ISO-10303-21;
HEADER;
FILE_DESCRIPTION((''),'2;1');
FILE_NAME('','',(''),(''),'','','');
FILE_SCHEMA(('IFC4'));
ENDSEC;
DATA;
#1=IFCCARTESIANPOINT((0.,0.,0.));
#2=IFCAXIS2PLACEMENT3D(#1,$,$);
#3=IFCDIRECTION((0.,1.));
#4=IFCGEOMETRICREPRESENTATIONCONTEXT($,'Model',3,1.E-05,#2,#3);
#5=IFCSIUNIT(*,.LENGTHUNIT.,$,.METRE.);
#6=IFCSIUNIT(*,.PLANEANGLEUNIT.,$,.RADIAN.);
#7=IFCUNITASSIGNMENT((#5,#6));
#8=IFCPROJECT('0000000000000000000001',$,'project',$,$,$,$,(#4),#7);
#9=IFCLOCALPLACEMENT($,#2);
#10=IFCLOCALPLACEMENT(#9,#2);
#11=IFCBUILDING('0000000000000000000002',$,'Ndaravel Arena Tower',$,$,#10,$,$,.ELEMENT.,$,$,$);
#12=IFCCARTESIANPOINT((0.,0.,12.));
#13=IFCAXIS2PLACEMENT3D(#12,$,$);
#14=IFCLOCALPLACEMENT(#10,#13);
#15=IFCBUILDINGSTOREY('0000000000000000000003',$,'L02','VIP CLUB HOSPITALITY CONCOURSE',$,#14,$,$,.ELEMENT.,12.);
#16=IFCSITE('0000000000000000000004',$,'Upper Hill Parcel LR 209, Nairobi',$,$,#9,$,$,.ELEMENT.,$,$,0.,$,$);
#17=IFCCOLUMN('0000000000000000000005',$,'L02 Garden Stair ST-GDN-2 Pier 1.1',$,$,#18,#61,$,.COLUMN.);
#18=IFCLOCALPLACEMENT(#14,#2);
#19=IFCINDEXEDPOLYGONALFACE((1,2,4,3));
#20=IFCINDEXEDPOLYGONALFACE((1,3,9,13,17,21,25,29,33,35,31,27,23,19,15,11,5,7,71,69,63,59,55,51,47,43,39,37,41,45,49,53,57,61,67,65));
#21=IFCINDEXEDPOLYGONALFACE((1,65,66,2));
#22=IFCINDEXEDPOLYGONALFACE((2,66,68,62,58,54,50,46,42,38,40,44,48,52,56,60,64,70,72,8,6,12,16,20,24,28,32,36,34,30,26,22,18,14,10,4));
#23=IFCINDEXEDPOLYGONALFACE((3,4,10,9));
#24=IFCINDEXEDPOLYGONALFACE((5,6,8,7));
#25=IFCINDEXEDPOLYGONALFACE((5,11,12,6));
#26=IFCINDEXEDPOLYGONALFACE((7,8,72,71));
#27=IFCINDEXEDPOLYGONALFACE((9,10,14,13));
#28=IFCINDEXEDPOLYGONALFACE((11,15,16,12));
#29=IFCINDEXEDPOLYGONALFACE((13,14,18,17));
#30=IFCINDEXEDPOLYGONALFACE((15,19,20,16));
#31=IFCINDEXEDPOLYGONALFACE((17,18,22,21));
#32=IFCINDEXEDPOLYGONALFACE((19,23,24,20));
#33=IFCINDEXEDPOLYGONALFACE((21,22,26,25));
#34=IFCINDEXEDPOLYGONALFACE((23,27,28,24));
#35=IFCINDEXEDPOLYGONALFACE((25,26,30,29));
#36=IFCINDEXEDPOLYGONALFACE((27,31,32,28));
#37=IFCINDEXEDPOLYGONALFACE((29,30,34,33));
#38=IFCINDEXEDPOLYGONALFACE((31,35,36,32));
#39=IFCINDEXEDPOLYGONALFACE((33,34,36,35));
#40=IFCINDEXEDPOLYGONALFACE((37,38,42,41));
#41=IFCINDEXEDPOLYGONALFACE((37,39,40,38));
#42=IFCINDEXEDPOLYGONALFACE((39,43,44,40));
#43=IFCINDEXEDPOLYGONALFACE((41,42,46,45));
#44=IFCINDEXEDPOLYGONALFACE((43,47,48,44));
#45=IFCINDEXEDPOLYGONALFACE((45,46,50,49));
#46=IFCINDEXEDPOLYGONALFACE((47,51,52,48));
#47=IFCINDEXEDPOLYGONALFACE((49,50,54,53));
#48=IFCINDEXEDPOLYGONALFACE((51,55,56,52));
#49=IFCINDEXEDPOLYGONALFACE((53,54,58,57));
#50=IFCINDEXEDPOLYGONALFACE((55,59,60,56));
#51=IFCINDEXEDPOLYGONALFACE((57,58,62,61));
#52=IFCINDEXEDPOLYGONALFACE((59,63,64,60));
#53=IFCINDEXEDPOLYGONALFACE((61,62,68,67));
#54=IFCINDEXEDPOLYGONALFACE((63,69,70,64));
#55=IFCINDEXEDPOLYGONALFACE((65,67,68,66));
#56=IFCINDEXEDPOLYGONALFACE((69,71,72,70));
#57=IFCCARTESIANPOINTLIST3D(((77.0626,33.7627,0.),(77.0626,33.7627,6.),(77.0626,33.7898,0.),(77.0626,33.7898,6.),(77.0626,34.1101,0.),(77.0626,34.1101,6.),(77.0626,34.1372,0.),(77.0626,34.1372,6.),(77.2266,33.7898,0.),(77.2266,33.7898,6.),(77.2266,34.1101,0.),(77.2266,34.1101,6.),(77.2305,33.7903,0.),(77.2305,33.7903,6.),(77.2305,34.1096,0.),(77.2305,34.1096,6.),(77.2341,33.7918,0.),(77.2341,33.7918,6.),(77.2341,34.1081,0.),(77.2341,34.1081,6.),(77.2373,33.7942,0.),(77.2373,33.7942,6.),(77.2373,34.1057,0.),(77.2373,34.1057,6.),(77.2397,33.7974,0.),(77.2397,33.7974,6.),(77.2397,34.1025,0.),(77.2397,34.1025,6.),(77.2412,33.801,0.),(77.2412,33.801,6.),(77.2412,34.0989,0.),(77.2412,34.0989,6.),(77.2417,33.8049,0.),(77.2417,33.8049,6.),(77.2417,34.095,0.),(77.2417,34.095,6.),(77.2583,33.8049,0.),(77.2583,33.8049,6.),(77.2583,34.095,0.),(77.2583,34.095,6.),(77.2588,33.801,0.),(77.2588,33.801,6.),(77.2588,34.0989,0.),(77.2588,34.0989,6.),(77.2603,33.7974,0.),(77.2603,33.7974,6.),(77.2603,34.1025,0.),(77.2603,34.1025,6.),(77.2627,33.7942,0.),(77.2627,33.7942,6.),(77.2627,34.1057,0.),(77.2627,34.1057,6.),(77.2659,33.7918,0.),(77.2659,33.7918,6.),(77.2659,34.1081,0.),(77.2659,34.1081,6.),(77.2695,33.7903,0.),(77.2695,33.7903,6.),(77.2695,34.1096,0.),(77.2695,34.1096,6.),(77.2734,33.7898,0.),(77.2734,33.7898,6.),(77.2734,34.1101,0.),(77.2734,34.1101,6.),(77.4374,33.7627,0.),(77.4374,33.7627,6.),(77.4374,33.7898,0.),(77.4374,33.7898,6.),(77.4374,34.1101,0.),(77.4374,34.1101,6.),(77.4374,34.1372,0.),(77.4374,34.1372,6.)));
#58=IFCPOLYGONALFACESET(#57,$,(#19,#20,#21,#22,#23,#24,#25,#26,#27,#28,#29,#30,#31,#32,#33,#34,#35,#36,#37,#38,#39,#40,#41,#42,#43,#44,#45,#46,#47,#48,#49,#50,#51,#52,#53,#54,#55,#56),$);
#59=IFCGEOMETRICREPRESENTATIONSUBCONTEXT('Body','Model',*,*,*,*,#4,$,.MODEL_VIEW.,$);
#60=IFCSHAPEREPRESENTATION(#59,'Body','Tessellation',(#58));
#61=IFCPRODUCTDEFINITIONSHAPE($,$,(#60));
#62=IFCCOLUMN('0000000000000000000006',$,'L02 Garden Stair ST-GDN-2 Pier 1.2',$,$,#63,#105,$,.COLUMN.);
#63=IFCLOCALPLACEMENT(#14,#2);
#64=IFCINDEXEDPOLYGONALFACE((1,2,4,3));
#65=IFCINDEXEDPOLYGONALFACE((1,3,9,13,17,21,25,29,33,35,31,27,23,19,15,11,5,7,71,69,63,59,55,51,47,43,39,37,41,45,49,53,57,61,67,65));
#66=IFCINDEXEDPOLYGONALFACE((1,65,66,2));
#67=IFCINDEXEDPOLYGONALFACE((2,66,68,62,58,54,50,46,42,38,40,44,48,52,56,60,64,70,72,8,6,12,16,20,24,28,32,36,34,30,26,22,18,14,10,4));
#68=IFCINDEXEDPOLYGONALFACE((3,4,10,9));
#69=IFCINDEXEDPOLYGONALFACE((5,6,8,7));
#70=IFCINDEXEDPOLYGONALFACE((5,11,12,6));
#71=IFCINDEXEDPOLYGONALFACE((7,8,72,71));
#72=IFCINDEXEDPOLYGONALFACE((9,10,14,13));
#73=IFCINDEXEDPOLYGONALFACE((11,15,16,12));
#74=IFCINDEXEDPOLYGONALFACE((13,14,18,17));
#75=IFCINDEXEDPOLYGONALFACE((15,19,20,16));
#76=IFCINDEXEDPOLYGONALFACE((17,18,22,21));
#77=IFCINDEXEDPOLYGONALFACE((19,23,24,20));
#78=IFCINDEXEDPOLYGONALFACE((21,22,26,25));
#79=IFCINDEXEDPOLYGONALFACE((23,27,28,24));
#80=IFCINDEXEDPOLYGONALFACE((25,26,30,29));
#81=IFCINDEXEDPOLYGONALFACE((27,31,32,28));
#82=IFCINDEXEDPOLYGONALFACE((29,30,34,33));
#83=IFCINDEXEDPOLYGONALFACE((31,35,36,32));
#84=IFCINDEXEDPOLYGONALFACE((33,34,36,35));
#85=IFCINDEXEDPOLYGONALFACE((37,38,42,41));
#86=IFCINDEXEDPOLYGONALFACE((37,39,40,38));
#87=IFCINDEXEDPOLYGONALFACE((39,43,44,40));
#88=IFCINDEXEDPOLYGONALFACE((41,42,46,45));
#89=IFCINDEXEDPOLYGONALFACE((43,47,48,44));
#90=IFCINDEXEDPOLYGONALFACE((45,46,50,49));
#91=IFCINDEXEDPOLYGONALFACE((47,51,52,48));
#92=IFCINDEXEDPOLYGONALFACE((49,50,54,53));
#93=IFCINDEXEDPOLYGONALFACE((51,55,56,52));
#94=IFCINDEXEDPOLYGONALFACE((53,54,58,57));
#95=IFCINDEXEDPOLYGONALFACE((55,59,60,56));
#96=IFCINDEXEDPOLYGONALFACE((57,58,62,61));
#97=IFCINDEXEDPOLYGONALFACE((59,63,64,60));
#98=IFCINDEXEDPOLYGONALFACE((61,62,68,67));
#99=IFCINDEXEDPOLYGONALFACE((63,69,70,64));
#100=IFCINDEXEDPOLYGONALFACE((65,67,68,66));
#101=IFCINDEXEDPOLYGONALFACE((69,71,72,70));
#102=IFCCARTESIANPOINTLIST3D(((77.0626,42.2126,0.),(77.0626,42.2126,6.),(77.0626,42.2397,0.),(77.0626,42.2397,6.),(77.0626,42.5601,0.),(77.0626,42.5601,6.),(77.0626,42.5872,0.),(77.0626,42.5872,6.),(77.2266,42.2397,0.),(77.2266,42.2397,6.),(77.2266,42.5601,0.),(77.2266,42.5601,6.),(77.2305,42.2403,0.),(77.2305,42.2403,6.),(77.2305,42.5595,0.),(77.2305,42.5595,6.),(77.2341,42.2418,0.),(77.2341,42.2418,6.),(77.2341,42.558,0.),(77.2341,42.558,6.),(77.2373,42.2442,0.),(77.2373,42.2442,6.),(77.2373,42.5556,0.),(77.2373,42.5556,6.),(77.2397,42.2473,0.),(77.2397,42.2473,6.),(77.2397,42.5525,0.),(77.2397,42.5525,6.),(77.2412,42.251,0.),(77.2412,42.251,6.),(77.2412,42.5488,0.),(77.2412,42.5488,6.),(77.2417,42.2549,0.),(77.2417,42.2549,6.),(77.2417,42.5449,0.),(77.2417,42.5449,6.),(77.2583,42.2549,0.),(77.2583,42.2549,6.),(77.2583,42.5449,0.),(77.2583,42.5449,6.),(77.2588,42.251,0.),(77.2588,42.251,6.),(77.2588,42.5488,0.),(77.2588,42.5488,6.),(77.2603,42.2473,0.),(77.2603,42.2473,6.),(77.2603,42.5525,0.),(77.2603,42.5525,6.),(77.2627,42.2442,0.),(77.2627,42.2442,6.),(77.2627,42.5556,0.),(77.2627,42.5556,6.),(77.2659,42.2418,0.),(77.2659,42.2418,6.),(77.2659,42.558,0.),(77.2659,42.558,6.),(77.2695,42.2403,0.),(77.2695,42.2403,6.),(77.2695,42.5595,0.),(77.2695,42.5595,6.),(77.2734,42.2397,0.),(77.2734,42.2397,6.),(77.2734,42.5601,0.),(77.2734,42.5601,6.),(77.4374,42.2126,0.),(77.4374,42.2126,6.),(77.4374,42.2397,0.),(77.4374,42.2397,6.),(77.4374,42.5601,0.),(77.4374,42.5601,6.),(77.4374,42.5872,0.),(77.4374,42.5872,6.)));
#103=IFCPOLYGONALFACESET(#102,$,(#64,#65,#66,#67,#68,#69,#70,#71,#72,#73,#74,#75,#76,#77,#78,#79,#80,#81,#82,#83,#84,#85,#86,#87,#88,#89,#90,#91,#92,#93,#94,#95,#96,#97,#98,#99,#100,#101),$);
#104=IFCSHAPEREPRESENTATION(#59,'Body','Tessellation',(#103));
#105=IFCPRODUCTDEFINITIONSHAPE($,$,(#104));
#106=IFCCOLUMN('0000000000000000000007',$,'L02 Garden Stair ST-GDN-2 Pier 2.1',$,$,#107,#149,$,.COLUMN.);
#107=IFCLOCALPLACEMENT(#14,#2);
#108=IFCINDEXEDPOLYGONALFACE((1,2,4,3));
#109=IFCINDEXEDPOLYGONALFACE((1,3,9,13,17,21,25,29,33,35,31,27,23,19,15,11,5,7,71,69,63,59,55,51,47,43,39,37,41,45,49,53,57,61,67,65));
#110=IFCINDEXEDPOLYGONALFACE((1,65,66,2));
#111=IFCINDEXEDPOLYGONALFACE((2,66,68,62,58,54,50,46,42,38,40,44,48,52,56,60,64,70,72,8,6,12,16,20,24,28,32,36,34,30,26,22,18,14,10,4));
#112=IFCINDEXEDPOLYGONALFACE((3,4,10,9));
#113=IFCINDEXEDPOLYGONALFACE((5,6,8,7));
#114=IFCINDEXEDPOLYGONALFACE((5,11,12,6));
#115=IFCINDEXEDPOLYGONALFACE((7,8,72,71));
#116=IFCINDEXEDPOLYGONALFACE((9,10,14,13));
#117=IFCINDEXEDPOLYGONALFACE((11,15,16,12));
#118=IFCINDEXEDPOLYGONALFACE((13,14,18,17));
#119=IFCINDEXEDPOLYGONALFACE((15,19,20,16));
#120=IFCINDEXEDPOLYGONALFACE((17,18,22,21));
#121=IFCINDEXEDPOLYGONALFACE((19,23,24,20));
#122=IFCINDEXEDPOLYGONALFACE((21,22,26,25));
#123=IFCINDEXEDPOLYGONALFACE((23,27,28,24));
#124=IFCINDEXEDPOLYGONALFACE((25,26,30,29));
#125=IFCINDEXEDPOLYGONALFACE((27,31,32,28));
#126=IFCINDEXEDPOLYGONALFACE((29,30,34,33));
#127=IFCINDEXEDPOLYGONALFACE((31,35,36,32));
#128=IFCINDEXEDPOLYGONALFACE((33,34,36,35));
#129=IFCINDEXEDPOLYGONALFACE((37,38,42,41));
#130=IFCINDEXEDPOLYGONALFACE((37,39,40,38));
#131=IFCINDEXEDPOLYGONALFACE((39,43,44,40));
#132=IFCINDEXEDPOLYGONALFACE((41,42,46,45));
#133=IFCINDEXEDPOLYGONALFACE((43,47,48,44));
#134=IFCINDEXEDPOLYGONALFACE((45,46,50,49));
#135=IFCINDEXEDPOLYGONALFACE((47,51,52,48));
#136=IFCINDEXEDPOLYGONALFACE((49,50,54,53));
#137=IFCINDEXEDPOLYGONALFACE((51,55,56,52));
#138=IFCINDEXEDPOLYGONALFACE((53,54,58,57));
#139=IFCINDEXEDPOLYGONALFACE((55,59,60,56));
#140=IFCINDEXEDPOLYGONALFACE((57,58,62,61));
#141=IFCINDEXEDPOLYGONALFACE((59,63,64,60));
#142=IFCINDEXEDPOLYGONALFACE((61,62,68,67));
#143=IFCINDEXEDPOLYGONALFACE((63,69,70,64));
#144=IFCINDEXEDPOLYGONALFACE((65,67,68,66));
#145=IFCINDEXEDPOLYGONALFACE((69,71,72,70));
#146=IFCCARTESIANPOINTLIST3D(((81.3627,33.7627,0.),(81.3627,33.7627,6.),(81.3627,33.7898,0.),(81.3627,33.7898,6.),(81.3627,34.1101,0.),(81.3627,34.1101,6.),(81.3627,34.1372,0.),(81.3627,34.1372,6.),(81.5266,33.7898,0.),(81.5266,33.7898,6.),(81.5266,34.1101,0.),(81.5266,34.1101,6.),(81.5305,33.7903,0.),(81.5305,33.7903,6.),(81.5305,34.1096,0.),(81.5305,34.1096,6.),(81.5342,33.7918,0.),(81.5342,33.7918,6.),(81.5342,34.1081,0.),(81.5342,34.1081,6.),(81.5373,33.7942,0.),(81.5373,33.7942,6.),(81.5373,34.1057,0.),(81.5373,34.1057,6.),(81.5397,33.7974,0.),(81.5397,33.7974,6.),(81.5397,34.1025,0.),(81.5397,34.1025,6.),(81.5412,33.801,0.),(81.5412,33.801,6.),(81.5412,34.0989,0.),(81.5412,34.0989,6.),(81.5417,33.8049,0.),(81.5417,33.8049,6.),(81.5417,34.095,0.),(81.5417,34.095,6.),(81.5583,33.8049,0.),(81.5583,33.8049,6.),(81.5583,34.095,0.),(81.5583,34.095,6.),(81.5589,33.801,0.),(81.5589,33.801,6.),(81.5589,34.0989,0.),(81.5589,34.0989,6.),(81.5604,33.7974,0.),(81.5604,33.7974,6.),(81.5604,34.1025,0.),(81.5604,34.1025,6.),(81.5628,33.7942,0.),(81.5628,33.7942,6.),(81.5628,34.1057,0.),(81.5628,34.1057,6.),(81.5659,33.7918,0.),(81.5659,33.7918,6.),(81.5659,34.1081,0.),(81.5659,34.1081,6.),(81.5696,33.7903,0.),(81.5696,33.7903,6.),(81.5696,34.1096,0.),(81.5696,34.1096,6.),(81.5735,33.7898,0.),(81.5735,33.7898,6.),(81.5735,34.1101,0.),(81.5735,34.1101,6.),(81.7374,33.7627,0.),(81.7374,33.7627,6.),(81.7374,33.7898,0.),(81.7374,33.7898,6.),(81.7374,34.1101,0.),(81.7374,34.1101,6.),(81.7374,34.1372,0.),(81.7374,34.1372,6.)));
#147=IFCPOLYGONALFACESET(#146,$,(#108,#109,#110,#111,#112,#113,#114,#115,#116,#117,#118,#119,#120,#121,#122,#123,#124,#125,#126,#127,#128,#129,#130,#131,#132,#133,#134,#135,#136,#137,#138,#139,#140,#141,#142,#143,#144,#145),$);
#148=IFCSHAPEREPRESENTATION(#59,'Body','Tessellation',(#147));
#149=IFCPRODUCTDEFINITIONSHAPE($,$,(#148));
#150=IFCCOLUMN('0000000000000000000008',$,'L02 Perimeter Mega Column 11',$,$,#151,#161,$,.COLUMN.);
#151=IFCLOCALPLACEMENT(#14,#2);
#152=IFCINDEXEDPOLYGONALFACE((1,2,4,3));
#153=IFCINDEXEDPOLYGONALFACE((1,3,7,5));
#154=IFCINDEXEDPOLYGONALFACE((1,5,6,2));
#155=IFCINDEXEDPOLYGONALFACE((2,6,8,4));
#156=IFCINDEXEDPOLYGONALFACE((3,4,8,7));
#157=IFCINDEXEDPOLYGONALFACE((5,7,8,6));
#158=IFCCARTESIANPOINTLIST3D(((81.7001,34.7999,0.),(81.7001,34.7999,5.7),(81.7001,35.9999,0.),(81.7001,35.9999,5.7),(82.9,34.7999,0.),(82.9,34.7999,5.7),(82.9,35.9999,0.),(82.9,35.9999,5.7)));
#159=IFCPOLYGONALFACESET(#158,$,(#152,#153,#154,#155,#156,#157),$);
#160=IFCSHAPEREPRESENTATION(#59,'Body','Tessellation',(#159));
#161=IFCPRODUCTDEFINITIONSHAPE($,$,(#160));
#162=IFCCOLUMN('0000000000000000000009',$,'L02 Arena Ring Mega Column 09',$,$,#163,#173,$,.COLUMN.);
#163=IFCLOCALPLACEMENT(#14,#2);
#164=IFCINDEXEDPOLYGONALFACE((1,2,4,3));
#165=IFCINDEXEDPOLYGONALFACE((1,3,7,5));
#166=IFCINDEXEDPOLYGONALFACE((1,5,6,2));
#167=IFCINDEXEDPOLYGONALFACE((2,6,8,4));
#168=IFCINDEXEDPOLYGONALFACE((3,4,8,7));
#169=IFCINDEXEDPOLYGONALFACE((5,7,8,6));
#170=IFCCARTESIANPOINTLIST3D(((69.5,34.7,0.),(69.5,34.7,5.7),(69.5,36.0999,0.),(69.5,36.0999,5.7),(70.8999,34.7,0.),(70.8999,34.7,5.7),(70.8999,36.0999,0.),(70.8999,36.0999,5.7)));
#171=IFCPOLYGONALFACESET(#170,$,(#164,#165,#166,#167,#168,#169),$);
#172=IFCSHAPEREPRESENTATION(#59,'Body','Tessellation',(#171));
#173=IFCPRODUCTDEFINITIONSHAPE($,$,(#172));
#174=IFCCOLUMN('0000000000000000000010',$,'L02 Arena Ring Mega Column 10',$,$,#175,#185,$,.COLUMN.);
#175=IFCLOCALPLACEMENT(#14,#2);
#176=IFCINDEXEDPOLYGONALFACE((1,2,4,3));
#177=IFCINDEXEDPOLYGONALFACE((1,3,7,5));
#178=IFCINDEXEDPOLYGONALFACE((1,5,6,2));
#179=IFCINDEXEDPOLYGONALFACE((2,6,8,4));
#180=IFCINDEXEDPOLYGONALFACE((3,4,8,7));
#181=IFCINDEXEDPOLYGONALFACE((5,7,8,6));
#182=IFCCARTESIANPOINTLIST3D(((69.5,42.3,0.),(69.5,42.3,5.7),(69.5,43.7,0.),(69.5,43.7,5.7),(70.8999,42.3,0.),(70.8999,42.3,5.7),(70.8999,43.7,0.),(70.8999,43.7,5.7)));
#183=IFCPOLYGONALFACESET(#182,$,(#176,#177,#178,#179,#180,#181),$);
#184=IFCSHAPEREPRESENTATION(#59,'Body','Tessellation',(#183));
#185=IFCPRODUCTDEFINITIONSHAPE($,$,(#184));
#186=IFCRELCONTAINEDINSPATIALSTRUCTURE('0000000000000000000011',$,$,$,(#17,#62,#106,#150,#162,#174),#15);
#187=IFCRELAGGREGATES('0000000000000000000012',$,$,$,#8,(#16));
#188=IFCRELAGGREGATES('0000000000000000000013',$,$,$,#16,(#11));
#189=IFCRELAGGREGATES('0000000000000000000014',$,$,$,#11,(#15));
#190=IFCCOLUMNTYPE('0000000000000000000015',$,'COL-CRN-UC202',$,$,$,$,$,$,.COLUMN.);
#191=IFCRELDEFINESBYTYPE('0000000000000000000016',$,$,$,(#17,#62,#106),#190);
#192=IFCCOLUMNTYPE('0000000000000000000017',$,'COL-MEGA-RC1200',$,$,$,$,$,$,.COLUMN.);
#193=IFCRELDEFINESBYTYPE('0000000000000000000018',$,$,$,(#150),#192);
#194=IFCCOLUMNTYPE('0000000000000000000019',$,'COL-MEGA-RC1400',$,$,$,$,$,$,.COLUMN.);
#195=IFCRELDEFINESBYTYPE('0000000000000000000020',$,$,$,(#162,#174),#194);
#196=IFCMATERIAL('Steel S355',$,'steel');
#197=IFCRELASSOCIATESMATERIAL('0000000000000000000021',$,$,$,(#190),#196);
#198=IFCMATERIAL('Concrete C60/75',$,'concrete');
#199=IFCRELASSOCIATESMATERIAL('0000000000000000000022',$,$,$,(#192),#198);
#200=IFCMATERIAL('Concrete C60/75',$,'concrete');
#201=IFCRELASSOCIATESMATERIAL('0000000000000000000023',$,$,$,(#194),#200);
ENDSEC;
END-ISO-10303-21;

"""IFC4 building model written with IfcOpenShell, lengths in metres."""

from ifc_helpers import new_model, si_unit, direction, frame, origin, origin_2d, place, context, subcontext, project, spatial, rectangle, i_section, extrude, material, material_profile, profile_set, type_object, element, save


model = new_model("IFC4")

# Units and contexts
model_context = context("Model", 3, precision=1e-05, world=origin(), true_north=direction((0.0, 1.0)))
body_context = subcontext(model_context, "Body", "Model", "MODEL_VIEW")
ifc_project = project(units=[si_unit("LENGTHUNIT", "METRE"), si_unit("PLANEANGLEUNIT", "RADIAN")], contexts=[model_context])

# Site, building, storey
site_placement = place(None, origin())
site = spatial("IfcSite", under=ifc_project, at=site_placement, Name="Upper Hill Parcel LR 209, Nairobi", CompositionType="ELEMENT", RefElevation=0.0)
building_placement = place(site_placement, origin())
building = spatial("IfcBuilding", under=site, at=building_placement, Name="Ndaravel Arena Tower", CompositionType="ELEMENT")
storey_placement = place(building_placement, frame((0.0, 0.0, 12.0)))
storey = spatial("IfcBuildingStorey", under=building, at=storey_placement, Name="L02", Description="VIP CLUB HOSPITALITY CONCOURSE", CompositionType="ELEMENT", Elevation=12.0)

# Columns
ifc_material_1 = material(Name="Steel S355", Category="steel")
ifc_material_profile_1 = material_profile(ifc_material_1, i_section(OverallWidth=0.3748, OverallDepth=0.3745, WebThickness=0.0166, FlangeThickness=0.0271, FilletRadius=0.0151, at=origin_2d()), Name="UC 356x368x202")
ifc_profile_set_1 = profile_set([ifc_material_profile_1], Name="Steel S355")
column_type_1 = type_object("IfcColumnType", Name="COL-CRN-UC202", PredefinedType="COLUMN", material=ifc_profile_set_1)
for number, where, z_axis, x_axis, name in (
    (1, (77.25, 33.95, 0.0), (0.0, 0.0, 1.0), (1.0, 0.0, 0.0), "L02 Garden Stair ST-GDN-2 Pier 1.1"),
    (2, (77.25, 42.3999, 0.0), (0.0, 0.0, 1.0), (1.0, 0.0, 0.0), "L02 Garden Stair ST-GDN-2 Pier 1.2"),
    (3, (81.55, 33.95, 0.0), (0.0, 0.0, 1.0), (1.0, 0.0, 0.0), "L02 Garden Stair ST-GDN-2 Pier 2.1"),
):
    element("IfcColumn", number, at=place(storey_placement, frame(where, z_axis=z_axis, x_axis=x_axis)), inside=storey, type_object=column_type_1, Name=name, PredefinedType="COLUMN", context=body_context, shape_type="SweptSolid", body=[
        extrude(i_section(OverallWidth=0.3748, OverallDepth=0.3745, WebThickness=0.0166, FlangeThickness=0.0271, FilletRadius=0.0151, at=origin_2d()), origin(), (0.0, 0.0, 1.0), 6.0),
    ])
ifc_material_2 = material(Name="Concrete C60/75", Category="concrete")
ifc_material_profile_2 = material_profile(ifc_material_2, rectangle(XDim=1.2, YDim=1.2, at=origin_2d()), Name="RC 1200x1200")
ifc_profile_set_2 = profile_set([ifc_material_profile_2], Name="Concrete C60/75")
column_type_2 = type_object("IfcColumnType", Name="COL-MEGA-RC1200", PredefinedType="COLUMN", material=ifc_profile_set_2)
column_placement = place(storey_placement, frame((82.3, 35.3999, 0.0), z_axis=(0.0, 0.0, 1.0), x_axis=(1.0, 0.0, 0.0)))
element("IfcColumn", 4, at=column_placement, inside=storey, type_object=column_type_2, Name="L02 Perimeter Mega Column 11", PredefinedType="COLUMN", context=body_context, shape_type="SweptSolid", body=[
    extrude(rectangle(XDim=1.2, YDim=1.2, at=origin_2d()), origin(), (0.0, 0.0, 1.0), 5.7),
])
ifc_material_3 = material(Name="Concrete C60/75", Category="concrete")
ifc_material_profile_3 = material_profile(ifc_material_3, rectangle(XDim=1.3999, YDim=1.3999, at=origin_2d()), Name="RC 1400x1400")
ifc_profile_set_3 = profile_set([ifc_material_profile_3], Name="Concrete C60/75")
column_type_3 = type_object("IfcColumnType", Name="COL-MEGA-RC1400", PredefinedType="COLUMN", material=ifc_profile_set_3)
for number, where, z_axis, x_axis, name in (
    (5, (70.2, 35.3999, 0.0), (0.0, 0.0, 1.0), (1.0, 0.0, 0.0), "L02 Arena Ring Mega Column 09"),
    (6, (70.2, 43.0, 0.0), (0.0, 0.0, 1.0), (1.0, 0.0, 0.0), "L02 Arena Ring Mega Column 10"),
):
    element("IfcColumn", number, at=place(storey_placement, frame(where, z_axis=z_axis, x_axis=x_axis)), inside=storey, type_object=column_type_3, Name=name, PredefinedType="COLUMN", context=body_context, shape_type="SweptSolid", body=[
        extrude(rectangle(XDim=1.3999, YDim=1.3999, at=origin_2d()), origin(), (0.0, 0.0, 1.0), 5.7),
    ])

save(model, "model.ifc")
